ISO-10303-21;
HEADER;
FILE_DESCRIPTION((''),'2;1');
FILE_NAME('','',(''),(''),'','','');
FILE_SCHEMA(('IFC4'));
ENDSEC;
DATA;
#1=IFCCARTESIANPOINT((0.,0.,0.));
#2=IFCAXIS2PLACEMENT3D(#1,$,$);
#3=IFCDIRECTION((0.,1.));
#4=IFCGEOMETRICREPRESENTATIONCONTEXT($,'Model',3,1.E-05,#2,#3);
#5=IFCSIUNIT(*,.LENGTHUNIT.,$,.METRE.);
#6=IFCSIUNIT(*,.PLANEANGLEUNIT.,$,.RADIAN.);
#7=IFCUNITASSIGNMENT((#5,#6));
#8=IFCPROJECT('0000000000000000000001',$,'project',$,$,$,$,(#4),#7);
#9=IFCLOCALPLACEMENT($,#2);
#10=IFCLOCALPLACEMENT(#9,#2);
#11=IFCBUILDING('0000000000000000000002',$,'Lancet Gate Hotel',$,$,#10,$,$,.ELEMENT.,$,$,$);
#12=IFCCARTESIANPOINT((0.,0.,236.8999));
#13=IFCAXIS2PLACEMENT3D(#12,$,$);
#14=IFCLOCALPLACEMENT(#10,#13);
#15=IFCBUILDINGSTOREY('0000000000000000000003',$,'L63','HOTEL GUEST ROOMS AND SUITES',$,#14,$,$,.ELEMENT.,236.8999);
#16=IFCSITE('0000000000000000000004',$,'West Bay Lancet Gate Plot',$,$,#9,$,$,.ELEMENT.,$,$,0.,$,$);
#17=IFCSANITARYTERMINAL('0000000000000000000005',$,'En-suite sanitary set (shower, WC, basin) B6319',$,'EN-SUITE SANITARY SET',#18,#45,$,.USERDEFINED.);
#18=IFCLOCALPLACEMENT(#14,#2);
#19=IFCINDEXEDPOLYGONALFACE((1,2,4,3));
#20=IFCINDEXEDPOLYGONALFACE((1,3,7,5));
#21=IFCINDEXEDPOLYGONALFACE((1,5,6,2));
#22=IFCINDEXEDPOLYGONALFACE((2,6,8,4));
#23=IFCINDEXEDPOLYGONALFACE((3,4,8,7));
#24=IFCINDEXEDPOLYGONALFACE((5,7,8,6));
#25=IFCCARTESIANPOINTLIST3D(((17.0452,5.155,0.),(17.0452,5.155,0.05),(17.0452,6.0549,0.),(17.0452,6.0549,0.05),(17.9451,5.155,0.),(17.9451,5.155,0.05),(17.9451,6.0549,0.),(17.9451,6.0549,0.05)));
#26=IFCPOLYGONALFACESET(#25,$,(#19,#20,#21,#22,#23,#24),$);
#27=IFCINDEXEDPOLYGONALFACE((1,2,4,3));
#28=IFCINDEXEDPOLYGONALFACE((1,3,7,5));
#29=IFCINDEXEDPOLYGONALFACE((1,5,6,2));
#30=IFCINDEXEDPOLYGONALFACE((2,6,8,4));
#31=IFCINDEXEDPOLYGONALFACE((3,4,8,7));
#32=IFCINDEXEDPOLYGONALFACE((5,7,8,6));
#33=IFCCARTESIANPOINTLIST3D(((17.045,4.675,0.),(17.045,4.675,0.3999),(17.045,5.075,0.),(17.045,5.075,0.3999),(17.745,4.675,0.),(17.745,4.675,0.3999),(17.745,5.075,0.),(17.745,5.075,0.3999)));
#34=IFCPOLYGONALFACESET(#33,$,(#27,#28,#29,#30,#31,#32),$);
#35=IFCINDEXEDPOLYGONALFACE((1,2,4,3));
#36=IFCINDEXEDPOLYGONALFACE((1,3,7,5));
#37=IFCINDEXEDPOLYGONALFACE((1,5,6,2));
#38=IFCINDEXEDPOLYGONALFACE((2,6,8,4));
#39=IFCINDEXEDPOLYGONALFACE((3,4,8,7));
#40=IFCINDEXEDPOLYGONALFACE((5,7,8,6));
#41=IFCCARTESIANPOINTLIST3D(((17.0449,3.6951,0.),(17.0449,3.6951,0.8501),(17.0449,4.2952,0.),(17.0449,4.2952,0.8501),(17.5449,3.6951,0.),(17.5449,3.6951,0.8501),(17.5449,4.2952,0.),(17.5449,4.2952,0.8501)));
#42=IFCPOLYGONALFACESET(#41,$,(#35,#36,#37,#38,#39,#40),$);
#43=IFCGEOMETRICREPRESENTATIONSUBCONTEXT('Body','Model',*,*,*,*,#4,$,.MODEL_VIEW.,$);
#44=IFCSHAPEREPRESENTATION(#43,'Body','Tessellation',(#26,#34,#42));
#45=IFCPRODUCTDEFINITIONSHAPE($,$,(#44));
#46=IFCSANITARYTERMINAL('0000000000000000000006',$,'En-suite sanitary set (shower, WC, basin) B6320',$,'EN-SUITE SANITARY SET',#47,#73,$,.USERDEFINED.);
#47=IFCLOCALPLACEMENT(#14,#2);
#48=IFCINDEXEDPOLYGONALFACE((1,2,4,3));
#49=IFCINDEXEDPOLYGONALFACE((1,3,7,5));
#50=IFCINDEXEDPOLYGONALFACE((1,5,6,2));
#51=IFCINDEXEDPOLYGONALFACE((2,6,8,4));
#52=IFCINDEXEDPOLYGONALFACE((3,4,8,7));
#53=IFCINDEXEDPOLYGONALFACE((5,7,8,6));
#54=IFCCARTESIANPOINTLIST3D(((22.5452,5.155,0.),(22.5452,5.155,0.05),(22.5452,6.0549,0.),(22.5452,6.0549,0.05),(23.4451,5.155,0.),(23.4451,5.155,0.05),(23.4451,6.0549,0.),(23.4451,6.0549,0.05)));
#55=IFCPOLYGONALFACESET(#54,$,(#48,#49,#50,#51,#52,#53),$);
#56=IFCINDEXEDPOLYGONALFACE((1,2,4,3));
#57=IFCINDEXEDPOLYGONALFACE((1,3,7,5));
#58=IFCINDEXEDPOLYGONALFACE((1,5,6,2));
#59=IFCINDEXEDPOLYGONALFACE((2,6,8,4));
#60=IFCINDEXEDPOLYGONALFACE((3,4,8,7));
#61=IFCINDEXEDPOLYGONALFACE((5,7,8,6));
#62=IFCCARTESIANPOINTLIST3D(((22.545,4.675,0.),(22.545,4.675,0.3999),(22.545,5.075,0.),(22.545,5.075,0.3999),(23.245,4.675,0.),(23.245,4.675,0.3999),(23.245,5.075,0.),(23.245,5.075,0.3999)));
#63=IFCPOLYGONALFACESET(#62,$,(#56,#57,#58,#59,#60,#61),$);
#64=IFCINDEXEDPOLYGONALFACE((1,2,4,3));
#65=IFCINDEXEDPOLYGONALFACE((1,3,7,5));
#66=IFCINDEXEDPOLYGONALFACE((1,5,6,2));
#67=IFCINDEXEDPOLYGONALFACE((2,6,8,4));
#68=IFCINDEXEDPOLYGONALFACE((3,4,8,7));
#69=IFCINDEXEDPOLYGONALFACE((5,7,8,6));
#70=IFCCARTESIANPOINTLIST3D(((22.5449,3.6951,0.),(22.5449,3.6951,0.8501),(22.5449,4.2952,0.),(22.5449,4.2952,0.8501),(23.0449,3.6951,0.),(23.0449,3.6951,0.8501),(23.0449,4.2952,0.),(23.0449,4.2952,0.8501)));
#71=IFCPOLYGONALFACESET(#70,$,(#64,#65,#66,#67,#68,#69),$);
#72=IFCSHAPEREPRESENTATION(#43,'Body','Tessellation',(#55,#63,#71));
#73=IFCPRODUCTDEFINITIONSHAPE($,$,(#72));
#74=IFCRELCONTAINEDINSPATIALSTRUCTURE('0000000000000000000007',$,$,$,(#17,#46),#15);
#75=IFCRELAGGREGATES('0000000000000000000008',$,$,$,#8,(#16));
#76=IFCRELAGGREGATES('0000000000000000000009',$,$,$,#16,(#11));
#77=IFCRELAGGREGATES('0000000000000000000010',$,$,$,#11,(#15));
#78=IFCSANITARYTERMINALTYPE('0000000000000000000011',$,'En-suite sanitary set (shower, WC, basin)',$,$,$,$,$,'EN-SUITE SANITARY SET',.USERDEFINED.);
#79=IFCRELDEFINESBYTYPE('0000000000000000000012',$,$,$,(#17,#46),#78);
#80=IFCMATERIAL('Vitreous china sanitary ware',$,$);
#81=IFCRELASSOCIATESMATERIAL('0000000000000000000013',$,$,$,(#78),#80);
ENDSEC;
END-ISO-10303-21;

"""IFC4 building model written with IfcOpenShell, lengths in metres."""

from ifc_helpers import new_model, si_unit, direction, frame, origin, origin_2d, place, context, subcontext, project, spatial, rectangle, extrude, material, type_object, element, save


model = new_model("IFC4")

# Units and contexts
model_context = context("Model", 3, precision=1e-05, world=origin(), true_north=direction((0.0, 1.0)))
body_context = subcontext(model_context, "Body", "Model", "MODEL_VIEW")
ifc_project = project(units=[si_unit("LENGTHUNIT", "METRE"), si_unit("PLANEANGLEUNIT", "RADIAN")], contexts=[model_context])

# Site, building, storey
site_placement = place(None, origin())
site = spatial("IfcSite", under=ifc_project, at=site_placement, Name="West Bay Lancet Gate Plot", CompositionType="ELEMENT", RefElevation=0.0)
building_placement = place(site_placement, origin())
building = spatial("IfcBuilding", under=site, at=building_placement, Name="Lancet Gate Hotel", CompositionType="ELEMENT")
storey_placement = place(building_placement, frame((0.0, 0.0, 236.8999)))
storey = spatial("IfcBuildingStorey", under=building, at=storey_placement, Name="L63", Description="HOTEL GUEST ROOMS AND SUITES", CompositionType="ELEMENT", Elevation=236.8999)

# Sanitary terminals
ifc_material_1 = material(Name="Vitreous china sanitary ware")
sanitary_terminal_type = type_object("IfcSanitaryTerminalType", Name="En-suite sanitary set (shower, WC, basin)", ElementType="EN-SUITE SANITARY SET", PredefinedType="USERDEFINED", material=ifc_material_1)
for number, where, z_axis, x_axis, name in (
    (1, (17.4951, 5.605, 0.0), (0.0, 0.0, 1.0), (1.0, 0.0, 0.0), "En-suite sanitary set (shower, WC, basin) B6319"),
    (2, (22.9951, 5.605, 0.0), (0.0, 0.0, 1.0), (1.0, 0.0, 0.0), "En-suite sanitary set (shower, WC, basin) B6320"),
):
    element("IfcSanitaryTerminal", number, at=place(storey_placement, frame(where, z_axis=z_axis, x_axis=x_axis)), inside=storey, type_object=sanitary_terminal_type, Name=name, ObjectType="EN-SUITE SANITARY SET", PredefinedType="USERDEFINED", context=body_context, shape_type="SweptSolid", body=[
        extrude(rectangle(XDim=0.8999, YDim=0.8999, at=origin_2d()), frame((0.0, 0.0, 0.0), z_axis=(0.0, 0.0, 1.0), x_axis=(0.0, 1.0, 0.0)), (0.0, 0.0, 1.0), 0.05),
        extrude(rectangle(XDim=0.3999, YDim=0.7, at=origin_2d()), frame((-0.1001, -0.73, 0.0), z_axis=(0.0, 0.0, 1.0), x_axis=(0.0, 1.0, 0.0)), (0.0, 0.0, 1.0), 0.3999),
        extrude(rectangle(XDim=0.6001, YDim=0.5, at=origin_2d()), frame((-0.2002, -1.6099, 0.0), z_axis=(0.0, 0.0, 1.0), x_axis=(0.0, 1.0, 0.0)), (0.0, 0.0, 1.0), 0.8501),
    ])

save(model, "model.ifc")
